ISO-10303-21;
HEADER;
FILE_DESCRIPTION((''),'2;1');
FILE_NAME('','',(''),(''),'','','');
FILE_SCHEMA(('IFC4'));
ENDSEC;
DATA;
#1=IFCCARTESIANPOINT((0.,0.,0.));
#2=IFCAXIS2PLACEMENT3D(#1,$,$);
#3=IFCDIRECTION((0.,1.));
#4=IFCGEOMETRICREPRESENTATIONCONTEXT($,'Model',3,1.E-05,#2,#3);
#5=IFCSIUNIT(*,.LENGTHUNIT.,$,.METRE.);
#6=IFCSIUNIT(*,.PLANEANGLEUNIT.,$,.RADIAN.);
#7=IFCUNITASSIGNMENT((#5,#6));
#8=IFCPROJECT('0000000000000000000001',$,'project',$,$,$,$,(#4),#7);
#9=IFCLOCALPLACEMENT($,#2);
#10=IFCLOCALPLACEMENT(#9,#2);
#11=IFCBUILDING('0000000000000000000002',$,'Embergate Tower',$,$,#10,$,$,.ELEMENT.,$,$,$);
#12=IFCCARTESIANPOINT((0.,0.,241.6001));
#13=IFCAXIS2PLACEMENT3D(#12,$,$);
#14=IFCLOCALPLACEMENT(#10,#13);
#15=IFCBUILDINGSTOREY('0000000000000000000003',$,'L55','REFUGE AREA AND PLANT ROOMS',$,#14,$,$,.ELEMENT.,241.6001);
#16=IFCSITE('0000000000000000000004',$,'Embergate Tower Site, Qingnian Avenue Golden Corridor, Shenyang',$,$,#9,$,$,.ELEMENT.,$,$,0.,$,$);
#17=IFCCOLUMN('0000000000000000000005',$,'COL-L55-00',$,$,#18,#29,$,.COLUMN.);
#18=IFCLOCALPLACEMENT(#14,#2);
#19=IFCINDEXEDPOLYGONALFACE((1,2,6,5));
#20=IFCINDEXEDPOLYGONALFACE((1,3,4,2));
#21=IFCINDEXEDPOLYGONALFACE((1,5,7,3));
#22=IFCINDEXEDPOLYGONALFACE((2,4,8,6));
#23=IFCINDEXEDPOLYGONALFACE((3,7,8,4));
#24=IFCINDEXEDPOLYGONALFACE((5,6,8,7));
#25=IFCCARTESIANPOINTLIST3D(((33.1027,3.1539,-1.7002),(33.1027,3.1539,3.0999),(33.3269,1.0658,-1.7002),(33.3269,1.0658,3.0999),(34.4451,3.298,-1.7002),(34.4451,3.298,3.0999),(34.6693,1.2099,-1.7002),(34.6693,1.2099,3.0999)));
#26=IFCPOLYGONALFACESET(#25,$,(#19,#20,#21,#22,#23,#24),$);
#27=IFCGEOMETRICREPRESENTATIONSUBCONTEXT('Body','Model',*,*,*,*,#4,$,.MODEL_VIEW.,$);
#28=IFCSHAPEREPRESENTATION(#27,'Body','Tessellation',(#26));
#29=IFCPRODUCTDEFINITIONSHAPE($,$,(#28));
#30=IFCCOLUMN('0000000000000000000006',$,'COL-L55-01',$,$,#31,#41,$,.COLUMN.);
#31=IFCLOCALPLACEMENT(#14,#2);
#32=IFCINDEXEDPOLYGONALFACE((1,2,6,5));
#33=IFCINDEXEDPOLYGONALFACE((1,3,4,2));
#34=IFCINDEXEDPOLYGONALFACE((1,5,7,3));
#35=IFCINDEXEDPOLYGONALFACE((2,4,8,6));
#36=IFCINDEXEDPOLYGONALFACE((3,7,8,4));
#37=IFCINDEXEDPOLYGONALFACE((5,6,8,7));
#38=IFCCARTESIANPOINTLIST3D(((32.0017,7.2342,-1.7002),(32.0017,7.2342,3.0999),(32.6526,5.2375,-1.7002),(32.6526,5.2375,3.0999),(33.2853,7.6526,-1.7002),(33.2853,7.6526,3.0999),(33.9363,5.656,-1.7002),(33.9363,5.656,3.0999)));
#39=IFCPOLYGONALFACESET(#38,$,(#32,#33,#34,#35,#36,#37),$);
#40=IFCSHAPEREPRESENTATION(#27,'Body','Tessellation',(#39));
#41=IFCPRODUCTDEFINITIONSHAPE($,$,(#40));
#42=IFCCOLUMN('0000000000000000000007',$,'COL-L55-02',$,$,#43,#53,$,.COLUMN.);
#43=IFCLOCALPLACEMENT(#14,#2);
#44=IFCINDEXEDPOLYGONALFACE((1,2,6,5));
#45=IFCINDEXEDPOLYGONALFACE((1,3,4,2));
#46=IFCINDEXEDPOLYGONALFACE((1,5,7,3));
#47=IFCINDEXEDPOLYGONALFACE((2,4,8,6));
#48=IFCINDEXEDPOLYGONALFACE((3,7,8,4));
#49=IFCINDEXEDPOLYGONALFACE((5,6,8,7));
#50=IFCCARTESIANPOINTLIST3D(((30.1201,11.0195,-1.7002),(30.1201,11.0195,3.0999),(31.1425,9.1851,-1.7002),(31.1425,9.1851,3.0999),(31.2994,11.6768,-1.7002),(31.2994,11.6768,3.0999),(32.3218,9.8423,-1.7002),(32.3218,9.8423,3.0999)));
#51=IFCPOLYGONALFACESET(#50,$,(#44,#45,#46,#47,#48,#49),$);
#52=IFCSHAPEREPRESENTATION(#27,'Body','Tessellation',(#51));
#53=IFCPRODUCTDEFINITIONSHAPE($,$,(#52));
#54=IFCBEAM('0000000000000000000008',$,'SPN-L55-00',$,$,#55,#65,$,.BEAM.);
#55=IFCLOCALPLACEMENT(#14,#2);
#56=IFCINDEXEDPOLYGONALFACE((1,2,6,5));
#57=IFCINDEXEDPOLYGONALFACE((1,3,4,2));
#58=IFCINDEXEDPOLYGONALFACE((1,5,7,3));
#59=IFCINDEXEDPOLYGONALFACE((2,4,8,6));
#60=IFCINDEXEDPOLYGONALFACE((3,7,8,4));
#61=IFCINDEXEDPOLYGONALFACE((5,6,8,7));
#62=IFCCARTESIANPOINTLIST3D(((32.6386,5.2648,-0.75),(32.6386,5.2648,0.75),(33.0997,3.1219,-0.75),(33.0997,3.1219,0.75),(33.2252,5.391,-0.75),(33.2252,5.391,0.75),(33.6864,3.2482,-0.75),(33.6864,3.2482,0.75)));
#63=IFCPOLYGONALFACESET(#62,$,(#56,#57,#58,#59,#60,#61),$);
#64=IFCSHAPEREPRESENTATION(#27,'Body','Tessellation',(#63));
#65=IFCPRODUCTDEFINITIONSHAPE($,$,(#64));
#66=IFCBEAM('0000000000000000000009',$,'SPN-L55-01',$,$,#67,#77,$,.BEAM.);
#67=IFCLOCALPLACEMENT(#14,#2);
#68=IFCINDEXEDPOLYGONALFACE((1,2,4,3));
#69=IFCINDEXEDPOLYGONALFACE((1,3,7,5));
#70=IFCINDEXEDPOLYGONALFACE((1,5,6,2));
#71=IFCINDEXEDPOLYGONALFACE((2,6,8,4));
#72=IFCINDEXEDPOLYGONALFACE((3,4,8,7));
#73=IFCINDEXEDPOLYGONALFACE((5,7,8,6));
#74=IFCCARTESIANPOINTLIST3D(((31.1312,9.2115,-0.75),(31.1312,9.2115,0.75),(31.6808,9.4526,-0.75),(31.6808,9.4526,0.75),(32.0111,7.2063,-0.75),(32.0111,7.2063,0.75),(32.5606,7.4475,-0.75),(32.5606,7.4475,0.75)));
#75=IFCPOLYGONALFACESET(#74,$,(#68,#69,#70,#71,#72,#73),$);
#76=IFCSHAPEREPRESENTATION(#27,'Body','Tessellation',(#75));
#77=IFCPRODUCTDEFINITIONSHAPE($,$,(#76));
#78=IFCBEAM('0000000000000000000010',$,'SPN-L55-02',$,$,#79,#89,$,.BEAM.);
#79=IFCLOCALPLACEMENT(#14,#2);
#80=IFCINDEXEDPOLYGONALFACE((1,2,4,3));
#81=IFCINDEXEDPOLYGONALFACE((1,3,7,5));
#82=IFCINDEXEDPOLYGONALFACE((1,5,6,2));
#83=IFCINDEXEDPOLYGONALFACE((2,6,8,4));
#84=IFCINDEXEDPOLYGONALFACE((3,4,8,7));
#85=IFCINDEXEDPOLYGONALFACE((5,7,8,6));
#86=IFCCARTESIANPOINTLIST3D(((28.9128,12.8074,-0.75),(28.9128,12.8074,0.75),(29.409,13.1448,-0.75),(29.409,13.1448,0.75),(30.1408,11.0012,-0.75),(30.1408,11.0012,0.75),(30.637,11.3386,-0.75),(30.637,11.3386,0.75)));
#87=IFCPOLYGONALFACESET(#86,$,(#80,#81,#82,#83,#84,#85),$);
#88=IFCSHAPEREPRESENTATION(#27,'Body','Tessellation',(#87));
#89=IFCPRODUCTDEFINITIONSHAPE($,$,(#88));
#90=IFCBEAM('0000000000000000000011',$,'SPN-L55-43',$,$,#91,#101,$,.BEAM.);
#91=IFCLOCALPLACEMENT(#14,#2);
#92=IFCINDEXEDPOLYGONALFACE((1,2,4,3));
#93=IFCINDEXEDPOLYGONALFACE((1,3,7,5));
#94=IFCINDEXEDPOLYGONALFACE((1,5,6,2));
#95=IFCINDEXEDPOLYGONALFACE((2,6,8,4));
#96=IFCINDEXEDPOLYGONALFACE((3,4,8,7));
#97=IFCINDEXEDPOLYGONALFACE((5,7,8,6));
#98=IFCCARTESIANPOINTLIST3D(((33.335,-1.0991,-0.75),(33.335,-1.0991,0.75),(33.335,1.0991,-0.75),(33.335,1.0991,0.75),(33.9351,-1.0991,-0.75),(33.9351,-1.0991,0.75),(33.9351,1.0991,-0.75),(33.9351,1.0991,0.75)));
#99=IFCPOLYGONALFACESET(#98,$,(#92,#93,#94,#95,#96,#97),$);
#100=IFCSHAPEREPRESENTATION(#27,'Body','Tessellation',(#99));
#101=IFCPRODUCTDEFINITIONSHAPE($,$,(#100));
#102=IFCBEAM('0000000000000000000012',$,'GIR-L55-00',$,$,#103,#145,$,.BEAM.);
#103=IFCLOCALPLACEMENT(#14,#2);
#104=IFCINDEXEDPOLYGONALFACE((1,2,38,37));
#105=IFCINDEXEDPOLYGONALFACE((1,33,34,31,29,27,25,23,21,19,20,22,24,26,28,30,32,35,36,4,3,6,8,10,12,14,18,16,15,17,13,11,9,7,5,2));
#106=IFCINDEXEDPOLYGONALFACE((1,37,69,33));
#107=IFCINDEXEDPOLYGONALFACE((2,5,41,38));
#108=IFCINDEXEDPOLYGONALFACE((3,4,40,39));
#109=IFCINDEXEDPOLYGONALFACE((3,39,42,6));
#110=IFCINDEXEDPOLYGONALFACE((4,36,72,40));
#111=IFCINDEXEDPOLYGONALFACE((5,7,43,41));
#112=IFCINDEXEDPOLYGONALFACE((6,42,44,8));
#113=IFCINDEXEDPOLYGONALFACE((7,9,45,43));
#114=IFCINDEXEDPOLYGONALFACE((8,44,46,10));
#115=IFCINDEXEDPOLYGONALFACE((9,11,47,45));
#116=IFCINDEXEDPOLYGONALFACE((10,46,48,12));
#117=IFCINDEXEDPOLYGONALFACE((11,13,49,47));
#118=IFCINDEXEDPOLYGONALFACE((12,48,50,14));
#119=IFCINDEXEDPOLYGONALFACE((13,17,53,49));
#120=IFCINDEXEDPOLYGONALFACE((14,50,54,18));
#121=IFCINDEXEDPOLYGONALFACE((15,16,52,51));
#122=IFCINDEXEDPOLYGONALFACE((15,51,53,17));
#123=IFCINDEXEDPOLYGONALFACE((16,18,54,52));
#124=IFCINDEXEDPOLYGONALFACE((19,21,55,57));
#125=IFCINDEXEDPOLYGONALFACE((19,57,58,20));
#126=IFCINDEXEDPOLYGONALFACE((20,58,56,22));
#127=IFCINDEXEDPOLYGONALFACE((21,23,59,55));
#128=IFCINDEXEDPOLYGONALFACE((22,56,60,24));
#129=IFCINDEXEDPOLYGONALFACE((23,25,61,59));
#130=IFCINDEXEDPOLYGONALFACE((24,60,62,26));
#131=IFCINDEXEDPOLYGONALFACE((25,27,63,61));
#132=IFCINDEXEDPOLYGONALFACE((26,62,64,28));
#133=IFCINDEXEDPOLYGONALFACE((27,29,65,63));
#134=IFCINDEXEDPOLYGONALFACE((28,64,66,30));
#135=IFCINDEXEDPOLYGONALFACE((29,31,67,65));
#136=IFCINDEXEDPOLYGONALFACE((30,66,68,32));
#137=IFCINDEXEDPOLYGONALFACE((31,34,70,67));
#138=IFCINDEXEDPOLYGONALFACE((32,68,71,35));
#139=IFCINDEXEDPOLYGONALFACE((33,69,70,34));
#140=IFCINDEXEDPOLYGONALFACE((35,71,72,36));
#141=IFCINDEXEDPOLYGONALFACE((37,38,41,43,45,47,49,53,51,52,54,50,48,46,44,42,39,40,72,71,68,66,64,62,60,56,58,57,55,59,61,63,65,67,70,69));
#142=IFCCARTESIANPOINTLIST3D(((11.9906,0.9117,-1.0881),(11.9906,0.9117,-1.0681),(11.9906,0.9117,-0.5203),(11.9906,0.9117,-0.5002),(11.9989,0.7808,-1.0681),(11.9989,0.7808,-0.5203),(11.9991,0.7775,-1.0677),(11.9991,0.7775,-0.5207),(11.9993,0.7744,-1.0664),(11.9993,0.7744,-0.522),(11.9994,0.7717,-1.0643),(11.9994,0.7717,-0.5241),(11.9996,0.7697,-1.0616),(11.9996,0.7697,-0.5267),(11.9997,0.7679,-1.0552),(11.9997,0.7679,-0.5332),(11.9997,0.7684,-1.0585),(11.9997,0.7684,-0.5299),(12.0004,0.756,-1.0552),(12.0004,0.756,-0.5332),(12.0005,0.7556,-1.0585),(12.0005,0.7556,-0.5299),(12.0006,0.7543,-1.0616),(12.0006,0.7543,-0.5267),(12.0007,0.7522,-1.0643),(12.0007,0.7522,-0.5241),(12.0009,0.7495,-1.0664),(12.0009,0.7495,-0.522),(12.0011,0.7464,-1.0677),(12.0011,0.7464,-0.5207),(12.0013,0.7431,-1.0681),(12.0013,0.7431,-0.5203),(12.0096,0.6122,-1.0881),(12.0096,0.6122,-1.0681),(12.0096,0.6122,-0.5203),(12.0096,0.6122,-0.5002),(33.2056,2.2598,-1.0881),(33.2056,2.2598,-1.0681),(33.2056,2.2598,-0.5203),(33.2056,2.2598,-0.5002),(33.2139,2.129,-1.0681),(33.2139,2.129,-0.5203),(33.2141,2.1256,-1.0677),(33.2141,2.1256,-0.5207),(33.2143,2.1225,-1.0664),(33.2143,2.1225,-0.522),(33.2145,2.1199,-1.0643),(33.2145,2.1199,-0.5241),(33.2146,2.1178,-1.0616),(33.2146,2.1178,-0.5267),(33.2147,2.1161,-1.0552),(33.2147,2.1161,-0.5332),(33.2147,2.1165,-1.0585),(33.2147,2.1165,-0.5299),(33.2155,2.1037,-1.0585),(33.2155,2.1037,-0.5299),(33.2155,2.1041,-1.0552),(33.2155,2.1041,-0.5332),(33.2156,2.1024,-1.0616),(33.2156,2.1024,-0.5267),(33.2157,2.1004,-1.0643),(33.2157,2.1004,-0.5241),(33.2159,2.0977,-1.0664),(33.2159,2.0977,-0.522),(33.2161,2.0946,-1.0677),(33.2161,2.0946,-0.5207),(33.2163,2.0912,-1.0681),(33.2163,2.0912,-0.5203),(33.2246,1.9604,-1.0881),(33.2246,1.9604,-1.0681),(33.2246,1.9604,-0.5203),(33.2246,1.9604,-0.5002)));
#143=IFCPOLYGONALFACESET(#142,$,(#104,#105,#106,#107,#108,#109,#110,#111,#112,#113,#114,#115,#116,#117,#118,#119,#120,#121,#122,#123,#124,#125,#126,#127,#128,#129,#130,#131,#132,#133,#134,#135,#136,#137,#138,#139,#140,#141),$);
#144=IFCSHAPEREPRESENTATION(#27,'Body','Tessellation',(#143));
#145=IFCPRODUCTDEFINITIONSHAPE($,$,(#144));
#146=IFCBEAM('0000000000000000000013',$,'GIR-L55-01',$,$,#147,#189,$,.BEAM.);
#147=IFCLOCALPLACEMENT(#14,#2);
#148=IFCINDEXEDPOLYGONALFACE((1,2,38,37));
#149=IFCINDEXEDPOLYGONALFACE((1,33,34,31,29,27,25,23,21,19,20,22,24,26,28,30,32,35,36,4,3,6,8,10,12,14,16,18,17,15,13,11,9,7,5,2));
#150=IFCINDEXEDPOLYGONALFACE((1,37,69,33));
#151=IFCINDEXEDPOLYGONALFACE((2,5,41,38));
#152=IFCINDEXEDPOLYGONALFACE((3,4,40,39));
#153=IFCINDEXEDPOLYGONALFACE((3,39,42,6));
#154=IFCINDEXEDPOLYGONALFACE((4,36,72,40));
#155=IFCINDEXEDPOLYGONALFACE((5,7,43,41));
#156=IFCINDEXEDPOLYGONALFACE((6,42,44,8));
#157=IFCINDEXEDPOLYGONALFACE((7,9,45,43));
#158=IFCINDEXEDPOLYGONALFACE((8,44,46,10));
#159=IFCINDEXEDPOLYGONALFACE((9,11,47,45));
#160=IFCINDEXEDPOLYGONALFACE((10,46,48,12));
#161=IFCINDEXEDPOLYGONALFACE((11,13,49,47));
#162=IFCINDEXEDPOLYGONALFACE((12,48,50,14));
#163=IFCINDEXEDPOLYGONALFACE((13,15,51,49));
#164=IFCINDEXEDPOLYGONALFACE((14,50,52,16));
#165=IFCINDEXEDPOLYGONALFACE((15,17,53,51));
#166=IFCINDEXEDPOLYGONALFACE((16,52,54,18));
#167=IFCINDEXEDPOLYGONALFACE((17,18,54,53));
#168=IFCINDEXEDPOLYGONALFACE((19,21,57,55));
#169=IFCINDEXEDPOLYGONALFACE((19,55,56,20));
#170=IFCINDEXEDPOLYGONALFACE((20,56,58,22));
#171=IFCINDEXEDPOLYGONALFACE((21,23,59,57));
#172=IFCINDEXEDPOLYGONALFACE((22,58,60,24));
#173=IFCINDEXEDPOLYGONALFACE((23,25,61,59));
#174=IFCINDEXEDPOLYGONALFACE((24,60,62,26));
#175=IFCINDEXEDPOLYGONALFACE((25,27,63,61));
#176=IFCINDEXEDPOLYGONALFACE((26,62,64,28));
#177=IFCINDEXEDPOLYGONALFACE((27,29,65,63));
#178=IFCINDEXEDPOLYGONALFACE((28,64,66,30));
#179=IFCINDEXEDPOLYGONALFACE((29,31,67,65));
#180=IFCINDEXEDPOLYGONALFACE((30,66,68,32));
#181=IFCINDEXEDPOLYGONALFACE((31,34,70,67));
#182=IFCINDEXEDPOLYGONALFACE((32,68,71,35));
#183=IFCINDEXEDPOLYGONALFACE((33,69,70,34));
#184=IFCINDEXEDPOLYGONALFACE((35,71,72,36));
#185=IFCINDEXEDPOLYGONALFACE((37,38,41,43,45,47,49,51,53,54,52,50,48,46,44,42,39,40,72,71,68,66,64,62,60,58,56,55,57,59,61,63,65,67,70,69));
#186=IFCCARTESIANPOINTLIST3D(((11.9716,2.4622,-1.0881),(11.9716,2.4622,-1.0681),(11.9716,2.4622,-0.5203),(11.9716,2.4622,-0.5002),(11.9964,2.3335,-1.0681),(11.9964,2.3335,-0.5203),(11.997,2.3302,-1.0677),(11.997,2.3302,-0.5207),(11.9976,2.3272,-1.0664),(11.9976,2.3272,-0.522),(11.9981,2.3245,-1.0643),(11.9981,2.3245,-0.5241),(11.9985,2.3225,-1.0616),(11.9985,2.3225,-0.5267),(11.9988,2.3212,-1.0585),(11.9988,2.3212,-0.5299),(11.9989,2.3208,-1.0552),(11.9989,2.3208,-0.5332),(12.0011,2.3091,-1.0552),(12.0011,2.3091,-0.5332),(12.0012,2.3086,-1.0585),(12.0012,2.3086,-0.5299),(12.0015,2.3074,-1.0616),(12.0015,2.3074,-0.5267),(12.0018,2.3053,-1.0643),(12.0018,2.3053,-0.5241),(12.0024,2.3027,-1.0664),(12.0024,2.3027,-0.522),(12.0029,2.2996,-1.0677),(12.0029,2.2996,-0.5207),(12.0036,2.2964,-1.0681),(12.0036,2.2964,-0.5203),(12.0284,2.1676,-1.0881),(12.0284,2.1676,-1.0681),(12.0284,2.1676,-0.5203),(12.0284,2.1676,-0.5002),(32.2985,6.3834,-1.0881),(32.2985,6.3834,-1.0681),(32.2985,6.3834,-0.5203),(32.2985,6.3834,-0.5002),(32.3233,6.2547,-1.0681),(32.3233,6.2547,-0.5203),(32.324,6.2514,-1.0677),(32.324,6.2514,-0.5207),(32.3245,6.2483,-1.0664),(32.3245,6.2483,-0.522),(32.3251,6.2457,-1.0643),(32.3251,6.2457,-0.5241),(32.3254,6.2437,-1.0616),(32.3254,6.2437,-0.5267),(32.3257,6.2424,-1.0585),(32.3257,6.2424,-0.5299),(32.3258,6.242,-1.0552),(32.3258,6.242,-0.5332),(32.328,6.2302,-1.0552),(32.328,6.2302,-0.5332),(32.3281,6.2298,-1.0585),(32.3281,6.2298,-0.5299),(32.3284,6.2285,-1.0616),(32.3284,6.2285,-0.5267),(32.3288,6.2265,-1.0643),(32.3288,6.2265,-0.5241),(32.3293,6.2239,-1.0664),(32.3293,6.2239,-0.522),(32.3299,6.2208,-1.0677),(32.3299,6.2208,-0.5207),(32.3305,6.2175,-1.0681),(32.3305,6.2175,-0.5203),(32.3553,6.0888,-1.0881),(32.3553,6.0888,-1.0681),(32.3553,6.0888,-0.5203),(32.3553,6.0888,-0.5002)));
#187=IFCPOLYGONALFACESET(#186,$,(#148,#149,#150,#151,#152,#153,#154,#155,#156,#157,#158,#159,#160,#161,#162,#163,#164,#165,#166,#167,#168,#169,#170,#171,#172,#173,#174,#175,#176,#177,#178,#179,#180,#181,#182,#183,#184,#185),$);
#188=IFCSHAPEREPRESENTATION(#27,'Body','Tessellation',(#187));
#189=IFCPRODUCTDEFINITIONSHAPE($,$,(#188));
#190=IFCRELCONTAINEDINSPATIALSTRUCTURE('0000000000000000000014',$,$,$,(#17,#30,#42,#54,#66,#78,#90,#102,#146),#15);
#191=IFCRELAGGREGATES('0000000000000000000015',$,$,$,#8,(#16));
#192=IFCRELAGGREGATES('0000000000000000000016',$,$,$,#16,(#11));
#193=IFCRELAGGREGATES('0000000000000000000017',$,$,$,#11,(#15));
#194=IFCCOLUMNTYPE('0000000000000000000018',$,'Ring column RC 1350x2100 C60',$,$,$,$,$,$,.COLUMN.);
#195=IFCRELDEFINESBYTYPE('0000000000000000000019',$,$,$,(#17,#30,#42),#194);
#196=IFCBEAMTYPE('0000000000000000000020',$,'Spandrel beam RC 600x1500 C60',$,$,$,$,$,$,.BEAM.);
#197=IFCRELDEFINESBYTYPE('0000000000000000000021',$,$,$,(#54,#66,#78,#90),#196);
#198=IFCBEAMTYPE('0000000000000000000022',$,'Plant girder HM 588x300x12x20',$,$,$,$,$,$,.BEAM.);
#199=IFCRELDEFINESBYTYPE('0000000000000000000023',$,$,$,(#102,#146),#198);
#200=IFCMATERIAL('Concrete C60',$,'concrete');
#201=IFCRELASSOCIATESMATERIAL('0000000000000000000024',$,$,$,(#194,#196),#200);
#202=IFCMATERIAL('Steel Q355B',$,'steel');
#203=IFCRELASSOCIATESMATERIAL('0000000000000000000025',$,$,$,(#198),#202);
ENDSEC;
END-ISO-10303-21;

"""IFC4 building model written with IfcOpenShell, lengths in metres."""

from ifc_helpers import new_model, si_unit, direction, frame, origin, origin_2d, place, context, subcontext, project, spatial, rectangle, i_section, extrude, source, transform, mapped, material, material_profile, profile_set, type_object, element, save


model = new_model("IFC4")

# Units and contexts
model_context = context("Model", 3, precision=1e-05, world=origin(), true_north=direction((0.0, 1.0)))
body_context = subcontext(model_context, "Body", "Model", "MODEL_VIEW")
ifc_project = project(units=[si_unit("LENGTHUNIT", "METRE"), si_unit("PLANEANGLEUNIT", "RADIAN")], contexts=[model_context])

# Site, building, storey
site_placement = place(None, origin())
site = spatial("IfcSite", under=ifc_project, at=site_placement, Name="Embergate Tower Site, Qingnian Avenue Golden Corridor, Shenyang", CompositionType="ELEMENT", RefElevation=0.0)
building_placement = place(site_placement, origin())
building = spatial("IfcBuilding", under=site, at=building_placement, Name="Embergate Tower", CompositionType="ELEMENT")
storey_placement = place(building_placement, frame((0.0, 0.0, 241.6001)))
storey = spatial("IfcBuildingStorey", under=building, at=storey_placement, Name="L55", Description="REFUGE AREA AND PLANT ROOMS", CompositionType="ELEMENT", Elevation=241.6001)

# Columns
ifc_material_1 = material(Name="Concrete C60", Category="concrete")
ifc_material_profile_1 = material_profile(ifc_material_1, rectangle(XDim=1.3501, YDim=2.1001, at=origin_2d()), Name="RC 1350x2100")
ifc_profile_set_1 = profile_set([ifc_material_profile_1], Name="Concrete C60")
column_type = type_object("IfcColumnType", Name="Ring column RC 1350x2100 C60", PredefinedType="COLUMN", material=ifc_profile_set_1)
shared_shape_1 = source(origin(), body_context, "Body", "SweptSolid", [
    extrude(rectangle(XDim=1.3501, YDim=2.1001, at=origin_2d()), origin(), (0.0, 0.0, 1.0), 4.8),
])
for number, where, z_axis, x_axis, name in (
    (1, (33.886, 2.1819, -1.7002), (0.0, 0.0, 1.0), (0.994286, 0.10675, 0.0), "COL-L55-00"),
    (2, (32.969, 6.4451, -1.7002), (0.0, 0.0, 1.0), (0.950754, 0.309946, 0.0), "COL-L55-01"),
    (3, (31.2209, 10.4309, -1.7002), (0.0, 0.0, 1.0), (0.873492, 0.486839, 0.0), "COL-L55-02"),
):
    element("IfcColumn", number, at=place(storey_placement, frame(where, z_axis=z_axis, x_axis=x_axis)), inside=storey, type_object=column_type, Name=name, PredefinedType="COLUMN", context=body_context, shape_type="MappedRepresentation", body=[
        mapped(shared_shape_1, transform((0.0, 0.0, 0.0))),
    ])

# Beams
ifc_material_profile_2 = material_profile(ifc_material_1, rectangle(XDim=0.6001, YDim=1.5, at=origin_2d()), Name="RC 600x1500")
ifc_profile_set_2 = profile_set([ifc_material_profile_2], Name="Concrete C60")
beam_type_1 = type_object("IfcBeamType", Name="Spandrel beam RC 600x1500 C60", PredefinedType="BEAM", material=ifc_profile_set_2)
shared_shape_2 = source(origin(), body_context, "Body", "SweptSolid", [
    extrude(rectangle(XDim=0.6001, YDim=1.5, at=origin_2d()), origin(), (0.0, 0.0, 1.0), 2.1919),
])
beam_1_placement = place(storey_placement, frame((33.3931, 3.1851, 0.0), z_axis=(-0.210404, 0.977615, 0.0), x_axis=(-0.977615, -0.210404, 0.0)))
element("IfcBeam", 4, at=beam_1_placement, inside=storey, type_object=beam_type_1, Name="SPN-L55-00", PredefinedType="BEAM", context=body_context, shape_type="MappedRepresentation", body=[
    mapped(shared_shape_2, transform((0.0, 0.0, 0.0))),
])
shared_shape_3 = source(origin(), body_context, "Body", "SweptSolid", [
    extrude(rectangle(XDim=0.6001, YDim=1.5, at=origin_2d()), origin(), (0.0, 0.0, 1.0), 2.1897),
])
beam_2_placement = place(storey_placement, frame((32.2859, 7.3269, 0.0), z_axis=(-0.40183, 0.915714, 0.0), x_axis=(-0.915714, -0.40183, 0.0)))
element("IfcBeam", 5, at=beam_2_placement, inside=storey, type_object=beam_type_1, Name="SPN-L55-01", PredefinedType="BEAM", context=body_context, shape_type="MappedRepresentation", body=[
    mapped(shared_shape_3, transform((0.0, 0.0, 0.0))),
])
shared_shape_4 = source(origin(), body_context, "Body", "SweptSolid", [
    extrude(rectangle(XDim=0.6001, YDim=1.5, at=origin_2d()), origin(), (0.0, 0.0, 1.0), 2.1841),
])
beam_3_placement = place(storey_placement, frame((30.3889, 11.1699, 0.0), z_axis=(-0.562261, 0.82696, 0.0), x_axis=(-0.82696, -0.562261, 0.0)))
element("IfcBeam", 6, at=beam_3_placement, inside=storey, type_object=beam_type_1, Name="SPN-L55-02", PredefinedType="BEAM", context=body_context, shape_type="MappedRepresentation", body=[
    mapped(shared_shape_4, transform((0.0, 0.0, 0.0))),
])
shared_shape_5 = source(origin(), body_context, "Body", "SweptSolid", [
    extrude(rectangle(XDim=0.6001, YDim=1.5, at=origin_2d()), origin(), (0.0, 0.0, 1.0), 2.1982),
])
beam_4_placement = place(storey_placement, frame((33.635, -1.0991, 0.0), z_axis=(0.0, 1.0, 0.0), x_axis=(-1.0, 0.0, 0.0)))
element("IfcBeam", 7, at=beam_4_placement, inside=storey, type_object=beam_type_1, Name="SPN-L55-43", PredefinedType="BEAM", context=body_context, shape_type="MappedRepresentation", body=[
    mapped(shared_shape_5, transform((0.0, 0.0, 0.0))),
])
ifc_material_2 = material(Name="Steel Q355B", Category="steel")
ifc_material_profile_3 = material_profile(ifc_material_2, i_section(OverallWidth=0.3, OverallDepth=0.5879, WebThickness=0.012, FlangeThickness=0.02, FilletRadius=0.0129, at=origin_2d()), Name="HM 588x300x12x20")
ifc_profile_set_3 = profile_set([ifc_material_profile_3], Name="Steel Q355 grade B")
beam_type_2 = type_object("IfcBeamType", Name="Plant girder HM 588x300x12x20", PredefinedType="BEAM", material=ifc_profile_set_3)
shared_shape_6 = source(origin(), body_context, "Body", "SweptSolid", [
    extrude(i_section(OverallWidth=0.3, OverallDepth=0.5879, WebThickness=0.012, FlangeThickness=0.02, FilletRadius=0.0129, at=origin_2d()), origin(), (0.0, 0.0, 1.0), 21.2578),
])
beam_5_placement = place(storey_placement, frame((33.2151, 2.1101, -0.7942), z_axis=(-0.997987, -0.063419, 0.0), x_axis=(0.063419, -0.997987, 0.0)))
element("IfcBeam", 8, at=beam_5_placement, inside=storey, type_object=beam_type_2, Name="GIR-L55-00", PredefinedType="BEAM", context=body_context, shape_type="MappedRepresentation", body=[
    mapped(shared_shape_6, transform((0.0, 0.0, 0.0))),
])
shared_shape_7 = source(origin(), body_context, "Body", "SweptSolid", [
    extrude(i_section(OverallWidth=0.3, OverallDepth=0.5879, WebThickness=0.012, FlangeThickness=0.02, FilletRadius=0.0129, at=origin_2d()), origin(), (0.0, 0.0, 1.0), 20.7017),
])
beam_6_placement = place(storey_placement, frame((32.3269, 6.2361, -0.7942), z_axis=(-0.981898, -0.189412, 0.0), x_axis=(0.189412, -0.981898, 0.0)))
element("IfcBeam", 9, at=beam_6_placement, inside=storey, type_object=beam_type_2, Name="GIR-L55-01", PredefinedType="BEAM", context=body_context, shape_type="MappedRepresentation", body=[
    mapped(shared_shape_7, transform((0.0, 0.0, 0.0))),
])

save(model, "model.ifc")
